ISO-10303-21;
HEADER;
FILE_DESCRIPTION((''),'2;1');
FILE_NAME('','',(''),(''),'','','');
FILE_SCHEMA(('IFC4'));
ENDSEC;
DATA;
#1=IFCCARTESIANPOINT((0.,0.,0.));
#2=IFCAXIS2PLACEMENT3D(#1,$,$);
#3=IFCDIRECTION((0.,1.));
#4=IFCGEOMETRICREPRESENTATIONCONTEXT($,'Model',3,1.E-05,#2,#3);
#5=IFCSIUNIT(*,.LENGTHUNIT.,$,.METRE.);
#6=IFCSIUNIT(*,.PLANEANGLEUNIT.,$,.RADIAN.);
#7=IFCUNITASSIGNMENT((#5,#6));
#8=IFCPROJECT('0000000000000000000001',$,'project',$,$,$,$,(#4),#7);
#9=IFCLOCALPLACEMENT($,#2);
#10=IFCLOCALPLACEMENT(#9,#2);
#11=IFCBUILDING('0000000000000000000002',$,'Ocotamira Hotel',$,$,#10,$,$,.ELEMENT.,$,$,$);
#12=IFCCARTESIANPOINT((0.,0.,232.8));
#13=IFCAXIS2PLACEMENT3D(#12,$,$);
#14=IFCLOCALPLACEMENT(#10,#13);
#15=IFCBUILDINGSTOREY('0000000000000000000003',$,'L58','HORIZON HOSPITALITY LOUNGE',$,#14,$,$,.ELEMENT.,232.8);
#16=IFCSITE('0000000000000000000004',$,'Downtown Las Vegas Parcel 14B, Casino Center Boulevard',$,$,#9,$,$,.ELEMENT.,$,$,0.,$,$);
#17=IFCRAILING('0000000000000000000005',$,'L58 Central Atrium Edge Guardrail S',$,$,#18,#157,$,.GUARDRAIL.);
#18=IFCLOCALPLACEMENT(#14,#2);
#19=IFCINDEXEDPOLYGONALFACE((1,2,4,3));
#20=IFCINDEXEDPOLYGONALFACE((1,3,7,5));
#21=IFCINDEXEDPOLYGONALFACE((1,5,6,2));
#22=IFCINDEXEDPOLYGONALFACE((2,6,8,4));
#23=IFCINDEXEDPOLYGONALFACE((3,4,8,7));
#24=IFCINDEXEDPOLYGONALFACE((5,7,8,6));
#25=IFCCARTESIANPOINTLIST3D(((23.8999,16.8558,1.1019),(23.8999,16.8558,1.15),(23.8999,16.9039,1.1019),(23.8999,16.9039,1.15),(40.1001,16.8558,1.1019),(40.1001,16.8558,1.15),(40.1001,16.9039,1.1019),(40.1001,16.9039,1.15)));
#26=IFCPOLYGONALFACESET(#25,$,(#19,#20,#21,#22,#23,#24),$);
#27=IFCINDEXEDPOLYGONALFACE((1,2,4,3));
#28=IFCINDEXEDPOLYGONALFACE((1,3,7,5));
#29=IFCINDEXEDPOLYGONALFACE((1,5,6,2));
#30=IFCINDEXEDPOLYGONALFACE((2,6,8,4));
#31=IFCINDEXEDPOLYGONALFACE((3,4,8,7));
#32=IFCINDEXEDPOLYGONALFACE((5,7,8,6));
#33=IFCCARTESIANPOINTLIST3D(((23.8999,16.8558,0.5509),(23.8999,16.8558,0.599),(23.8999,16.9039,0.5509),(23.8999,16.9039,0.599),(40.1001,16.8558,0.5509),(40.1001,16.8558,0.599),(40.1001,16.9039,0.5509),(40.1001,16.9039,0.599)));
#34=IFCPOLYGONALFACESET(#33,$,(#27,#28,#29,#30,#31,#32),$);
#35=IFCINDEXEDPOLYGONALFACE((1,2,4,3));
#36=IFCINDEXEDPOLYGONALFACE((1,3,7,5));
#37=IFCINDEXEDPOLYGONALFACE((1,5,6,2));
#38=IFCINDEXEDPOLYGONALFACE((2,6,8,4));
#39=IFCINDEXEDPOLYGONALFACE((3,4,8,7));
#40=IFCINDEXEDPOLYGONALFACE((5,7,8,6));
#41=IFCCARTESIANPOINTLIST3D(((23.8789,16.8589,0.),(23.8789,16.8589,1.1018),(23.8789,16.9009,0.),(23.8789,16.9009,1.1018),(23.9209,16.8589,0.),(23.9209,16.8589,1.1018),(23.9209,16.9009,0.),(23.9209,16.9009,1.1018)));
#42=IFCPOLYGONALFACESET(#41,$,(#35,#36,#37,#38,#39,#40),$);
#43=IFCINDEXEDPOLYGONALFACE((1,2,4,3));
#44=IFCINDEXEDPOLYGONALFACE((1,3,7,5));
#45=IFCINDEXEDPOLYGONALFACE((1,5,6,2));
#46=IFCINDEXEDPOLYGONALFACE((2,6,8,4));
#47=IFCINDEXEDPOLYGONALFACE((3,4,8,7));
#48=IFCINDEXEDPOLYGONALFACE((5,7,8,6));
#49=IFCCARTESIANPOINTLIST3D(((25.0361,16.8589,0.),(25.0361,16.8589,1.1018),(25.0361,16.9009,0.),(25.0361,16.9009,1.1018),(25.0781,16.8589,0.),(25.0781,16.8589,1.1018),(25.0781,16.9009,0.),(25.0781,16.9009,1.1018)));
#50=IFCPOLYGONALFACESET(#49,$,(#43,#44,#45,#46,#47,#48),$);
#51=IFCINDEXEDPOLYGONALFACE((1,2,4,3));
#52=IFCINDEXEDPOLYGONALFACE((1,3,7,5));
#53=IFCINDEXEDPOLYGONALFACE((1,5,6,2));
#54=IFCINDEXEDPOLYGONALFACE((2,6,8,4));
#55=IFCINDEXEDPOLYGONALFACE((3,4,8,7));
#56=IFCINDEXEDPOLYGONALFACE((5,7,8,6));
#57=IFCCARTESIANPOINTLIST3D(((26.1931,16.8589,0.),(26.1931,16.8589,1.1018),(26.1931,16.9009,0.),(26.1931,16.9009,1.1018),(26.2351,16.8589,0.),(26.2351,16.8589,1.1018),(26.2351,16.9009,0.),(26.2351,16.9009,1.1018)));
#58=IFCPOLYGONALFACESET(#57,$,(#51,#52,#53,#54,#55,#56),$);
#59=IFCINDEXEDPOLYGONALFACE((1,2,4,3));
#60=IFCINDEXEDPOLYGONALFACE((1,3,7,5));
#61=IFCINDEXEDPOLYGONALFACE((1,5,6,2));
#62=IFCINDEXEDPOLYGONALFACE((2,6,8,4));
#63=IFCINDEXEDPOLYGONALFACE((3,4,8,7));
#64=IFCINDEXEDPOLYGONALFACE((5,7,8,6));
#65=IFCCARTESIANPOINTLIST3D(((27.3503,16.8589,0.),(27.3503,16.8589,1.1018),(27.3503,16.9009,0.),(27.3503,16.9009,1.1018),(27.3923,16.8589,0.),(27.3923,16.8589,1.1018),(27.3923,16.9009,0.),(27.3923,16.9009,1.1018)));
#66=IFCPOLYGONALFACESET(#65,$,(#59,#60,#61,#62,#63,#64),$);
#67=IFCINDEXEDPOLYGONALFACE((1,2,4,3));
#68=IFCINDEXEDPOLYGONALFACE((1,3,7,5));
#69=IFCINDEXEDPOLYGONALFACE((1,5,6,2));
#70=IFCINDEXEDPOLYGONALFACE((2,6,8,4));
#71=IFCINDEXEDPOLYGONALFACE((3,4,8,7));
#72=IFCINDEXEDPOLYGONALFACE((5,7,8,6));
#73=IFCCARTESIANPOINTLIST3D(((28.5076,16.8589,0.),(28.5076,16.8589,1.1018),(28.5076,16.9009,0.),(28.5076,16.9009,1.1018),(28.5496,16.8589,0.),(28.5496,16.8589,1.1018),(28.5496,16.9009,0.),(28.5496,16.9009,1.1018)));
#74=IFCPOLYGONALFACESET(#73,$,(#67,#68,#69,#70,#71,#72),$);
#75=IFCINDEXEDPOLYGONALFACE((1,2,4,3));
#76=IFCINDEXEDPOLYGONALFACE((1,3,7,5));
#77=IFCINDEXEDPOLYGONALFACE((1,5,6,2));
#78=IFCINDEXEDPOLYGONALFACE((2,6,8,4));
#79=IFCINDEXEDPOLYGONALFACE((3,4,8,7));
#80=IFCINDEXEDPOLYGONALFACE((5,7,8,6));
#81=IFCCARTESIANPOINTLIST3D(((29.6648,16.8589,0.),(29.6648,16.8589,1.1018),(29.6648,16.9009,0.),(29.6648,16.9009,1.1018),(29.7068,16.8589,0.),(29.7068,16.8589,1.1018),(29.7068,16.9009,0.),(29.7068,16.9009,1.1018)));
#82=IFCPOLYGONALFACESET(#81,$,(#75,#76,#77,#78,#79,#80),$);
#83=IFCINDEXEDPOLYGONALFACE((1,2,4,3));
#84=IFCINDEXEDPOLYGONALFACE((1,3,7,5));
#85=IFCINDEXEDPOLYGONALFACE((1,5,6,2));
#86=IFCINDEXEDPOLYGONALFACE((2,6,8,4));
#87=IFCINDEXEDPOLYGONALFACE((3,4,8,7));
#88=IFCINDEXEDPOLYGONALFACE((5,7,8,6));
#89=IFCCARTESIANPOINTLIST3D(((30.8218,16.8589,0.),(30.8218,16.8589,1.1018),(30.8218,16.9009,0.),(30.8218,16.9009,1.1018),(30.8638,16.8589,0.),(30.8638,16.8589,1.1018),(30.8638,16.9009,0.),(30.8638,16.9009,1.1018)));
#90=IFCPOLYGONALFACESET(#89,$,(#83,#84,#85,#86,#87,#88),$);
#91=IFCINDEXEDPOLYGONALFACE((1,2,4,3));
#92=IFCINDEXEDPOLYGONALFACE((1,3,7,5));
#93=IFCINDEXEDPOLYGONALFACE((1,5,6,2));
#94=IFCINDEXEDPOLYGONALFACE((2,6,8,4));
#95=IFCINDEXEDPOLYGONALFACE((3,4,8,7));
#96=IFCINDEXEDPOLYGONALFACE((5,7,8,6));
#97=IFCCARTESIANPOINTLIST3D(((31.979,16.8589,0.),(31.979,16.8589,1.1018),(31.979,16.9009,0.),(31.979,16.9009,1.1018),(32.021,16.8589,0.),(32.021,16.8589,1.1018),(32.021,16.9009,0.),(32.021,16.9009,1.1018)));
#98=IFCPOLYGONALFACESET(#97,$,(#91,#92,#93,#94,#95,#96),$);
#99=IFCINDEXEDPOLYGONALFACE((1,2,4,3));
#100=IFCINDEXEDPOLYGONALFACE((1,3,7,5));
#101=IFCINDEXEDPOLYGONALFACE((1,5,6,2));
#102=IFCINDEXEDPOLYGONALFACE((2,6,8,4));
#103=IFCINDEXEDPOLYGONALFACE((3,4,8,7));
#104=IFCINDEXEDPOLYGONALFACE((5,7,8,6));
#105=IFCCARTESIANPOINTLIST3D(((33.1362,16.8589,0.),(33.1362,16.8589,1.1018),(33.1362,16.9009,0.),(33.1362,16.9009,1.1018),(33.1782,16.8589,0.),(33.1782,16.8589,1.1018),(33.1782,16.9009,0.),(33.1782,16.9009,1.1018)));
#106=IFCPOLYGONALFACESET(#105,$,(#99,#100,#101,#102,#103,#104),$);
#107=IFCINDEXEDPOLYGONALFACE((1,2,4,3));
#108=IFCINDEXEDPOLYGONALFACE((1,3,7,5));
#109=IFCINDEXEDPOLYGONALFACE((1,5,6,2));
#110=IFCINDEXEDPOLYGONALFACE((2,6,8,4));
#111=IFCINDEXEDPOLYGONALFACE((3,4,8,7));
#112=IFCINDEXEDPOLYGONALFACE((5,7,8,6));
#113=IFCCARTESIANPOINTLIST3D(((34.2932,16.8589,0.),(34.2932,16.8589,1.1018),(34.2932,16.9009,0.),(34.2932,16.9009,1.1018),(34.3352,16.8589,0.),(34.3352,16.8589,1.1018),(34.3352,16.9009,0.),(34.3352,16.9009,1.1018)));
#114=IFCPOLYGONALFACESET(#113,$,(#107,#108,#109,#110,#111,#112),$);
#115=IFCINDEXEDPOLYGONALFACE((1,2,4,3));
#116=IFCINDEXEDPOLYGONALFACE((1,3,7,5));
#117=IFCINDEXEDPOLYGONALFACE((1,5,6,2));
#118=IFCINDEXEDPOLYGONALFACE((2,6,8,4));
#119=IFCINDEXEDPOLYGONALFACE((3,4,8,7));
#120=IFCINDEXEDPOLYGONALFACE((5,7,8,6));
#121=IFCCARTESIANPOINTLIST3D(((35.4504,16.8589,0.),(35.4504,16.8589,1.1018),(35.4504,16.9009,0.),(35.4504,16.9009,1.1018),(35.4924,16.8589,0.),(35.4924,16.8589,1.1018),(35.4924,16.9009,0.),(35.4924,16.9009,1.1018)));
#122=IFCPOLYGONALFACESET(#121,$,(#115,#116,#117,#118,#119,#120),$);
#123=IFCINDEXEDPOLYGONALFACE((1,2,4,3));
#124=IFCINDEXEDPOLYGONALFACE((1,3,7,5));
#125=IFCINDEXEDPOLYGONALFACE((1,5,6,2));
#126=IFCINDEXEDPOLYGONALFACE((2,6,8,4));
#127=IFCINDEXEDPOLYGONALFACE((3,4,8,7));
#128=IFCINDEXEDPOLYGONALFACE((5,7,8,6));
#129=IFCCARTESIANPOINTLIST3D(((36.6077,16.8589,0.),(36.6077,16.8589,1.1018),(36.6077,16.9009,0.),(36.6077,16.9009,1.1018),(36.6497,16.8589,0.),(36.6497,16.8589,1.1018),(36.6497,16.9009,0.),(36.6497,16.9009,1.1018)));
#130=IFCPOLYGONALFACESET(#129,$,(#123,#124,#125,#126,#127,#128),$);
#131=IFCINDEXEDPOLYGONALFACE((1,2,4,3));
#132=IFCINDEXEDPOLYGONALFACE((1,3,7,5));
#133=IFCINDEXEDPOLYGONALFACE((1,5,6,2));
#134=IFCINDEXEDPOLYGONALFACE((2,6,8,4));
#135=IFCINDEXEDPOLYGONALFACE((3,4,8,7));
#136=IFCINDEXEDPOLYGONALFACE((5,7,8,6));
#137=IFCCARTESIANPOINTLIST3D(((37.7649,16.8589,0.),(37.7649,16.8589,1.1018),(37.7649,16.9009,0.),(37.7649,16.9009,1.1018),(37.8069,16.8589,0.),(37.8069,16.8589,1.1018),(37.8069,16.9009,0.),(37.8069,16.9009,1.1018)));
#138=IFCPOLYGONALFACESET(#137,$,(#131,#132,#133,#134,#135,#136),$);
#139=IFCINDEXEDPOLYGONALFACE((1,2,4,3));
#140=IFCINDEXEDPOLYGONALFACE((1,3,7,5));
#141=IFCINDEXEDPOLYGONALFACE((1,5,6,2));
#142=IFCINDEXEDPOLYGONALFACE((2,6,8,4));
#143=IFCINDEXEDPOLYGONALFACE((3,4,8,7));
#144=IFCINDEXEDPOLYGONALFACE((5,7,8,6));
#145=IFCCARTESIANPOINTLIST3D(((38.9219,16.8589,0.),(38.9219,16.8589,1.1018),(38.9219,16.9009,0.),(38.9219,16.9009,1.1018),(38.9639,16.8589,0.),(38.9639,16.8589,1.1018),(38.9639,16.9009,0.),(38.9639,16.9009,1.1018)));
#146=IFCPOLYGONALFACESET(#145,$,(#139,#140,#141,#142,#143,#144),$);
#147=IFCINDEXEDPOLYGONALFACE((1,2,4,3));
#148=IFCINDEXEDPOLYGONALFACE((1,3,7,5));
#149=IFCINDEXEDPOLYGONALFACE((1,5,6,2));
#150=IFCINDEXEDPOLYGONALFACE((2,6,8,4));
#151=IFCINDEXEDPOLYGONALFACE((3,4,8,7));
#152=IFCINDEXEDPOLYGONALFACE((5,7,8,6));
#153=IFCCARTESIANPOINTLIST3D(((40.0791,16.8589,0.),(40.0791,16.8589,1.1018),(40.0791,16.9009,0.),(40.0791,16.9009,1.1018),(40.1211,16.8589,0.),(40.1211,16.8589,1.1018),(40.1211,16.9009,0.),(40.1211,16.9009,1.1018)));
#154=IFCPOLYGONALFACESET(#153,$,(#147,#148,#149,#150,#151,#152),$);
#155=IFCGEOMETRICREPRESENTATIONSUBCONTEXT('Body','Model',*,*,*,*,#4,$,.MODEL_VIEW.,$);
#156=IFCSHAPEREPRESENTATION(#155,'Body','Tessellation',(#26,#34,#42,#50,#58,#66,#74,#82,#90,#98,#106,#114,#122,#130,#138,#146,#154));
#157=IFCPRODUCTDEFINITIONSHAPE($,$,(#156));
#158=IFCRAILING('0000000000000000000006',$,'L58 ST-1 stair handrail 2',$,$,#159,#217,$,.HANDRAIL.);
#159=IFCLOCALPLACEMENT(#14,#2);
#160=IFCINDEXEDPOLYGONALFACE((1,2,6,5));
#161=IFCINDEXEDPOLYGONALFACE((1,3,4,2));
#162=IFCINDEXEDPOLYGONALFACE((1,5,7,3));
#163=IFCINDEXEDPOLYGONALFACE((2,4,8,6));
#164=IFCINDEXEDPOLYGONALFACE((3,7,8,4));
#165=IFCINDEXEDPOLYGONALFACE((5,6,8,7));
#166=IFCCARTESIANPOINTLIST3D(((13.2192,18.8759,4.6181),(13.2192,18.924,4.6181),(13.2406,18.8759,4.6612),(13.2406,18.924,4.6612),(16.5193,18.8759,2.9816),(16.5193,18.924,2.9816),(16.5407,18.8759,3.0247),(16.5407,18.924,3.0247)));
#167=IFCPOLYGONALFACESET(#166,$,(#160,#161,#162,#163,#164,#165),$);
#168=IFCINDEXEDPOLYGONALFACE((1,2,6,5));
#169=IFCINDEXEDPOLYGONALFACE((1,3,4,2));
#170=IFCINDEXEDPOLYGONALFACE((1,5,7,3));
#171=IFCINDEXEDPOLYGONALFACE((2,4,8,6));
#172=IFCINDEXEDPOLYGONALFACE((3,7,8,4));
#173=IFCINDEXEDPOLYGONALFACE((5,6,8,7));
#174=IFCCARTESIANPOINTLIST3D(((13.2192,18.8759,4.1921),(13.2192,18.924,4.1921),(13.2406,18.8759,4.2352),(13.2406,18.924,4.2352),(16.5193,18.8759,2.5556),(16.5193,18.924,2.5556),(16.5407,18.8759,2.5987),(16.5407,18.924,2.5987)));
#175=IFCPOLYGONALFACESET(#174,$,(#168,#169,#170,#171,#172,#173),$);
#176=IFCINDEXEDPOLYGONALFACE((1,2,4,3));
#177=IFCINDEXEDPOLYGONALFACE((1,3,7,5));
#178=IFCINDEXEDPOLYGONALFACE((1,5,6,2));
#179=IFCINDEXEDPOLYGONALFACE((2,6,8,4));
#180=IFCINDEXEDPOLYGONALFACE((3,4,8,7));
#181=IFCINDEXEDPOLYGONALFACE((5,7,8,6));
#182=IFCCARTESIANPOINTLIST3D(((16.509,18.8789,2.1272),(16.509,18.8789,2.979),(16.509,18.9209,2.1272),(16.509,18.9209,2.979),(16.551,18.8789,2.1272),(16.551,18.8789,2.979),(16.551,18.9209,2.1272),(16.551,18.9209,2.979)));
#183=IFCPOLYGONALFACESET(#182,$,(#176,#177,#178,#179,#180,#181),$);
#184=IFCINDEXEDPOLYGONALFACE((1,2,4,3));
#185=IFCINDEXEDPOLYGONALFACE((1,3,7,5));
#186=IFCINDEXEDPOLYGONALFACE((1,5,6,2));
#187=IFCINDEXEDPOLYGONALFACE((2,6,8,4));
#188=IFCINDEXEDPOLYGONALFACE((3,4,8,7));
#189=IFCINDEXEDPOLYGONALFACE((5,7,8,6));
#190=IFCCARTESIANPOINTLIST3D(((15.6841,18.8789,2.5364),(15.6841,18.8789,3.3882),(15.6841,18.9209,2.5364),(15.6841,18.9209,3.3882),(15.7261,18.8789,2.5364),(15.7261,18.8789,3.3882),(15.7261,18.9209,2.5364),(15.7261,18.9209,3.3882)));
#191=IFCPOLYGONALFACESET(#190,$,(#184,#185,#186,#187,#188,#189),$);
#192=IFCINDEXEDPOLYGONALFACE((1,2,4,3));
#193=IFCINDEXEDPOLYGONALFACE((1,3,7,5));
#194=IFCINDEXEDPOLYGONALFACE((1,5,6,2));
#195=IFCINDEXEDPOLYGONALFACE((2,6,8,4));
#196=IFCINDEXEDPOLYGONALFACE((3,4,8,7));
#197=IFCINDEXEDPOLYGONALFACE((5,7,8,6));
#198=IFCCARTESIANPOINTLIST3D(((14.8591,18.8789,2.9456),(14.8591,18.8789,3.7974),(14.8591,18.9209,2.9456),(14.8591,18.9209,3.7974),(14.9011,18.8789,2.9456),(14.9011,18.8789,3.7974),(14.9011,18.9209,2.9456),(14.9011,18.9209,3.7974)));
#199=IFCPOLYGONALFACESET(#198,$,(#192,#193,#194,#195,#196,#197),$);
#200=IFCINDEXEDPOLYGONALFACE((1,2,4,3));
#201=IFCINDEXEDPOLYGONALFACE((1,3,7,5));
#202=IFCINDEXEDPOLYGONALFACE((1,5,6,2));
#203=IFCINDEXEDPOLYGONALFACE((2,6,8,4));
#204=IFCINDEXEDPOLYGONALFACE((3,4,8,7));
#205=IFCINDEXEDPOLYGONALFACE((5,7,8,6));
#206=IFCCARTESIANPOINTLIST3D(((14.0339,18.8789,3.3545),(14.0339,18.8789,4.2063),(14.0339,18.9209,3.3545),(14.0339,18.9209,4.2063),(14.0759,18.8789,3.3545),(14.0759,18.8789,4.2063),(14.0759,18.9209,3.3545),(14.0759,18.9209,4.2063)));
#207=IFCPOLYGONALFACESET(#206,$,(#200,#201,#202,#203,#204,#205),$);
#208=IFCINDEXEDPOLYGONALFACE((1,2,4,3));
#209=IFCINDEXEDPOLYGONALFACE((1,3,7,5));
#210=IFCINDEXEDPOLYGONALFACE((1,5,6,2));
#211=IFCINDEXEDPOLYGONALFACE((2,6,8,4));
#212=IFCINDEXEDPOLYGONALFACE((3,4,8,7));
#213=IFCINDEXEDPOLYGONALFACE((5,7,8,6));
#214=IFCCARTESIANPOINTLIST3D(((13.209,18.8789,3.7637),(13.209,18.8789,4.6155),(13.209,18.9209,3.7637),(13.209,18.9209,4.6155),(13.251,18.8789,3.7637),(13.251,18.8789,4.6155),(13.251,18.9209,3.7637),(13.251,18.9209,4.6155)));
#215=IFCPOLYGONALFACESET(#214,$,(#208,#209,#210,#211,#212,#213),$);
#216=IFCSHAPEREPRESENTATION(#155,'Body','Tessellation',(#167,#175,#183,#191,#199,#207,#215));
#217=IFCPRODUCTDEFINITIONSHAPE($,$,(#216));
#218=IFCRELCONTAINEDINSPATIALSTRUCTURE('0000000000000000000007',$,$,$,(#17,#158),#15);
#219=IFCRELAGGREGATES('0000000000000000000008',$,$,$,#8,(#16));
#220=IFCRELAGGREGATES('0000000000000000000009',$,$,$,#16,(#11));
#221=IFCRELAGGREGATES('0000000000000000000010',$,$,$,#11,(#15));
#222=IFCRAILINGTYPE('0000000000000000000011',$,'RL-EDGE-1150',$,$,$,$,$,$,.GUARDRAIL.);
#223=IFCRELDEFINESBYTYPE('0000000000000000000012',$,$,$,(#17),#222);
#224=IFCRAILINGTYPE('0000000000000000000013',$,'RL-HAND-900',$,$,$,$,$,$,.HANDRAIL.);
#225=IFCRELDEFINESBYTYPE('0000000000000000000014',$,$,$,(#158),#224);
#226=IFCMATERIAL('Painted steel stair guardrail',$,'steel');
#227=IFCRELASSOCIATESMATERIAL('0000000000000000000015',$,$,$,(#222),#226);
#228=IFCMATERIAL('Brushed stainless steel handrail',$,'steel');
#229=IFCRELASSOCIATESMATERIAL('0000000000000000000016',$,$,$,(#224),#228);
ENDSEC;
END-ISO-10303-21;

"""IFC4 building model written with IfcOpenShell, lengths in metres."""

from ifc_helpers import new_model, si_unit, direction, frame, origin, origin_2d, place, context, subcontext, project, spatial, rectangle, extrude, material, type_object, element, save


model = new_model("IFC4")

# Units and contexts
model_context = context("Model", 3, precision=1e-05, world=origin(), true_north=direction((0.0, 1.0)))
body_context = subcontext(model_context, "Body", "Model", "MODEL_VIEW")
ifc_project = project(units=[si_unit("LENGTHUNIT", "METRE"), si_unit("PLANEANGLEUNIT", "RADIAN")], contexts=[model_context])

# Site, building, storey
site_placement = place(None, origin())
site = spatial("IfcSite", under=ifc_project, at=site_placement, Name="Downtown Las Vegas Parcel 14B, Casino Center Boulevard", CompositionType="ELEMENT", RefElevation=0.0)
building_placement = place(site_placement, origin())
building = spatial("IfcBuilding", under=site, at=building_placement, Name="Ocotamira Hotel", CompositionType="ELEMENT")
storey_placement = place(building_placement, frame((0.0, 0.0, 232.8)))
storey = spatial("IfcBuildingStorey", under=building, at=storey_placement, Name="L58", Description="HORIZON HOSPITALITY LOUNGE", CompositionType="ELEMENT", Elevation=232.8)

# Railings
ifc_material_1 = material(Name="Painted steel stair guardrail", Category="steel")
railing_type_1 = type_object("IfcRailingType", Name="RL-EDGE-1150", PredefinedType="GUARDRAIL", material=ifc_material_1)
railing_1_placement = place(storey_placement, frame((23.8999, 16.8799, 0.0)))
element("IfcRailing", 1, at=railing_1_placement, inside=storey, type_object=railing_type_1, Name="L58 Central Atrium Edge Guardrail S", PredefinedType="GUARDRAIL", context=body_context, shape_type="SweptSolid", body=[
    extrude(rectangle(XDim=0.0481, YDim=0.0481, at=origin_2d()), frame((0.0, 0.0, 1.126), z_axis=(1.0, 0.0, 0.0), x_axis=(0.0, 1.0, 0.0)), (0.0, 0.0, 1.0), 16.2002),
    extrude(rectangle(XDim=0.0481, YDim=0.0481, at=origin_2d()), frame((0.0, 0.0, 0.575), z_axis=(1.0, 0.0, 0.0), x_axis=(0.0, 1.0, 0.0)), (0.0, 0.0, 1.0), 16.2002),
    extrude(rectangle(XDim=0.042, YDim=0.042, at=origin_2d()), origin(), (0.0, 0.0, 1.0), 1.1018),
    extrude(rectangle(XDim=0.042, YDim=0.042, at=origin_2d()), frame((1.1572, 0.0, 0.0)), (0.0, 0.0, 1.0), 1.1018),
    extrude(rectangle(XDim=0.042, YDim=0.042, at=origin_2d()), frame((2.3142, 0.0, 0.0)), (0.0, 0.0, 1.0), 1.1018),
    extrude(rectangle(XDim=0.042, YDim=0.042, at=origin_2d()), frame((3.4714, 0.0, 0.0)), (0.0, 0.0, 1.0), 1.1018),
    extrude(rectangle(XDim=0.042, YDim=0.042, at=origin_2d()), frame((4.6287, 0.0, 0.0)), (0.0, 0.0, 1.0), 1.1018),
    extrude(rectangle(XDim=0.042, YDim=0.042, at=origin_2d()), frame((5.7859, 0.0, 0.0)), (0.0, 0.0, 1.0), 1.1018),
    extrude(rectangle(XDim=0.042, YDim=0.042, at=origin_2d()), frame((6.9429, 0.0, 0.0)), (0.0, 0.0, 1.0), 1.1018),
    extrude(rectangle(XDim=0.042, YDim=0.042, at=origin_2d()), frame((8.1001, 0.0, 0.0)), (0.0, 0.0, 1.0), 1.1018),
    extrude(rectangle(XDim=0.042, YDim=0.042, at=origin_2d()), frame((9.2573, 0.0, 0.0)), (0.0, 0.0, 1.0), 1.1018),
    extrude(rectangle(XDim=0.042, YDim=0.042, at=origin_2d()), frame((10.4143, 0.0, 0.0)), (0.0, 0.0, 1.0), 1.1018),
    extrude(rectangle(XDim=0.042, YDim=0.042, at=origin_2d()), frame((11.5715, 0.0, 0.0)), (0.0, 0.0, 1.0), 1.1018),
    extrude(rectangle(XDim=0.042, YDim=0.042, at=origin_2d()), frame((12.7288, 0.0, 0.0)), (0.0, 0.0, 1.0), 1.1018),
    extrude(rectangle(XDim=0.042, YDim=0.042, at=origin_2d()), frame((13.886, 0.0, 0.0)), (0.0, 0.0, 1.0), 1.1018),
    extrude(rectangle(XDim=0.042, YDim=0.042, at=origin_2d()), frame((15.043, 0.0, 0.0)), (0.0, 0.0, 1.0), 1.1018),
    extrude(rectangle(XDim=0.042, YDim=0.042, at=origin_2d()), frame((16.2002, 0.0, 0.0)), (0.0, 0.0, 1.0), 1.1018),
])
ifc_material_2 = material(Name="Brushed stainless steel handrail", Category="steel")
railing_type_2 = type_object("IfcRailingType", Name="RL-HAND-900", PredefinedType="HANDRAIL", material=ifc_material_2)
railing_2_placement = place(storey_placement, frame((16.53, 18.8999, 2.1272)))
element("IfcRailing", 2, at=railing_2_placement, inside=storey, type_object=railing_type_2, Name="L58 ST-1 stair handrail 2", PredefinedType="HANDRAIL", context=body_context, shape_type="SweptSolid", body=[
    extrude(rectangle(XDim=0.0481, YDim=0.0481, at=origin_2d()), frame((0.0, 0.0, 0.876), z_axis=(-0.895894, 0.0, 0.444268), x_axis=(0.0, -1.0, 0.0)), (0.0, 0.0, 1.0), 3.6836),
    extrude(rectangle(XDim=0.0481, YDim=0.0481, at=origin_2d()), frame((0.0, 0.0, 0.45), z_axis=(-0.895894, 0.0, 0.444268), x_axis=(0.0, -1.0, 0.0)), (0.0, 0.0, 1.0), 3.6836),
    extrude(rectangle(XDim=0.042, YDim=0.042, at=origin_2d()), origin(), (0.0, 0.0, 1.0), 0.8518),
    extrude(rectangle(XDim=0.042, YDim=0.042, at=origin_2d()), frame((-0.825, 0.0, 0.4092)), (0.0, 0.0, 1.0), 0.8518),
    extrude(rectangle(XDim=0.042, YDim=0.042, at=origin_2d()), frame((-1.6499, 0.0, 0.8184)), (0.0, 0.0, 1.0), 0.8518),
    extrude(rectangle(XDim=0.042, YDim=0.042, at=origin_2d()), frame((-2.4751, 0.0, 1.2273)), (0.0, 0.0, 1.0), 0.8518),
    extrude(rectangle(XDim=0.042, YDim=0.042, at=origin_2d()), frame((-3.3, 0.0, 1.6365)), (0.0, 0.0, 1.0), 0.8518),
])

save(model, "model.ifc")
